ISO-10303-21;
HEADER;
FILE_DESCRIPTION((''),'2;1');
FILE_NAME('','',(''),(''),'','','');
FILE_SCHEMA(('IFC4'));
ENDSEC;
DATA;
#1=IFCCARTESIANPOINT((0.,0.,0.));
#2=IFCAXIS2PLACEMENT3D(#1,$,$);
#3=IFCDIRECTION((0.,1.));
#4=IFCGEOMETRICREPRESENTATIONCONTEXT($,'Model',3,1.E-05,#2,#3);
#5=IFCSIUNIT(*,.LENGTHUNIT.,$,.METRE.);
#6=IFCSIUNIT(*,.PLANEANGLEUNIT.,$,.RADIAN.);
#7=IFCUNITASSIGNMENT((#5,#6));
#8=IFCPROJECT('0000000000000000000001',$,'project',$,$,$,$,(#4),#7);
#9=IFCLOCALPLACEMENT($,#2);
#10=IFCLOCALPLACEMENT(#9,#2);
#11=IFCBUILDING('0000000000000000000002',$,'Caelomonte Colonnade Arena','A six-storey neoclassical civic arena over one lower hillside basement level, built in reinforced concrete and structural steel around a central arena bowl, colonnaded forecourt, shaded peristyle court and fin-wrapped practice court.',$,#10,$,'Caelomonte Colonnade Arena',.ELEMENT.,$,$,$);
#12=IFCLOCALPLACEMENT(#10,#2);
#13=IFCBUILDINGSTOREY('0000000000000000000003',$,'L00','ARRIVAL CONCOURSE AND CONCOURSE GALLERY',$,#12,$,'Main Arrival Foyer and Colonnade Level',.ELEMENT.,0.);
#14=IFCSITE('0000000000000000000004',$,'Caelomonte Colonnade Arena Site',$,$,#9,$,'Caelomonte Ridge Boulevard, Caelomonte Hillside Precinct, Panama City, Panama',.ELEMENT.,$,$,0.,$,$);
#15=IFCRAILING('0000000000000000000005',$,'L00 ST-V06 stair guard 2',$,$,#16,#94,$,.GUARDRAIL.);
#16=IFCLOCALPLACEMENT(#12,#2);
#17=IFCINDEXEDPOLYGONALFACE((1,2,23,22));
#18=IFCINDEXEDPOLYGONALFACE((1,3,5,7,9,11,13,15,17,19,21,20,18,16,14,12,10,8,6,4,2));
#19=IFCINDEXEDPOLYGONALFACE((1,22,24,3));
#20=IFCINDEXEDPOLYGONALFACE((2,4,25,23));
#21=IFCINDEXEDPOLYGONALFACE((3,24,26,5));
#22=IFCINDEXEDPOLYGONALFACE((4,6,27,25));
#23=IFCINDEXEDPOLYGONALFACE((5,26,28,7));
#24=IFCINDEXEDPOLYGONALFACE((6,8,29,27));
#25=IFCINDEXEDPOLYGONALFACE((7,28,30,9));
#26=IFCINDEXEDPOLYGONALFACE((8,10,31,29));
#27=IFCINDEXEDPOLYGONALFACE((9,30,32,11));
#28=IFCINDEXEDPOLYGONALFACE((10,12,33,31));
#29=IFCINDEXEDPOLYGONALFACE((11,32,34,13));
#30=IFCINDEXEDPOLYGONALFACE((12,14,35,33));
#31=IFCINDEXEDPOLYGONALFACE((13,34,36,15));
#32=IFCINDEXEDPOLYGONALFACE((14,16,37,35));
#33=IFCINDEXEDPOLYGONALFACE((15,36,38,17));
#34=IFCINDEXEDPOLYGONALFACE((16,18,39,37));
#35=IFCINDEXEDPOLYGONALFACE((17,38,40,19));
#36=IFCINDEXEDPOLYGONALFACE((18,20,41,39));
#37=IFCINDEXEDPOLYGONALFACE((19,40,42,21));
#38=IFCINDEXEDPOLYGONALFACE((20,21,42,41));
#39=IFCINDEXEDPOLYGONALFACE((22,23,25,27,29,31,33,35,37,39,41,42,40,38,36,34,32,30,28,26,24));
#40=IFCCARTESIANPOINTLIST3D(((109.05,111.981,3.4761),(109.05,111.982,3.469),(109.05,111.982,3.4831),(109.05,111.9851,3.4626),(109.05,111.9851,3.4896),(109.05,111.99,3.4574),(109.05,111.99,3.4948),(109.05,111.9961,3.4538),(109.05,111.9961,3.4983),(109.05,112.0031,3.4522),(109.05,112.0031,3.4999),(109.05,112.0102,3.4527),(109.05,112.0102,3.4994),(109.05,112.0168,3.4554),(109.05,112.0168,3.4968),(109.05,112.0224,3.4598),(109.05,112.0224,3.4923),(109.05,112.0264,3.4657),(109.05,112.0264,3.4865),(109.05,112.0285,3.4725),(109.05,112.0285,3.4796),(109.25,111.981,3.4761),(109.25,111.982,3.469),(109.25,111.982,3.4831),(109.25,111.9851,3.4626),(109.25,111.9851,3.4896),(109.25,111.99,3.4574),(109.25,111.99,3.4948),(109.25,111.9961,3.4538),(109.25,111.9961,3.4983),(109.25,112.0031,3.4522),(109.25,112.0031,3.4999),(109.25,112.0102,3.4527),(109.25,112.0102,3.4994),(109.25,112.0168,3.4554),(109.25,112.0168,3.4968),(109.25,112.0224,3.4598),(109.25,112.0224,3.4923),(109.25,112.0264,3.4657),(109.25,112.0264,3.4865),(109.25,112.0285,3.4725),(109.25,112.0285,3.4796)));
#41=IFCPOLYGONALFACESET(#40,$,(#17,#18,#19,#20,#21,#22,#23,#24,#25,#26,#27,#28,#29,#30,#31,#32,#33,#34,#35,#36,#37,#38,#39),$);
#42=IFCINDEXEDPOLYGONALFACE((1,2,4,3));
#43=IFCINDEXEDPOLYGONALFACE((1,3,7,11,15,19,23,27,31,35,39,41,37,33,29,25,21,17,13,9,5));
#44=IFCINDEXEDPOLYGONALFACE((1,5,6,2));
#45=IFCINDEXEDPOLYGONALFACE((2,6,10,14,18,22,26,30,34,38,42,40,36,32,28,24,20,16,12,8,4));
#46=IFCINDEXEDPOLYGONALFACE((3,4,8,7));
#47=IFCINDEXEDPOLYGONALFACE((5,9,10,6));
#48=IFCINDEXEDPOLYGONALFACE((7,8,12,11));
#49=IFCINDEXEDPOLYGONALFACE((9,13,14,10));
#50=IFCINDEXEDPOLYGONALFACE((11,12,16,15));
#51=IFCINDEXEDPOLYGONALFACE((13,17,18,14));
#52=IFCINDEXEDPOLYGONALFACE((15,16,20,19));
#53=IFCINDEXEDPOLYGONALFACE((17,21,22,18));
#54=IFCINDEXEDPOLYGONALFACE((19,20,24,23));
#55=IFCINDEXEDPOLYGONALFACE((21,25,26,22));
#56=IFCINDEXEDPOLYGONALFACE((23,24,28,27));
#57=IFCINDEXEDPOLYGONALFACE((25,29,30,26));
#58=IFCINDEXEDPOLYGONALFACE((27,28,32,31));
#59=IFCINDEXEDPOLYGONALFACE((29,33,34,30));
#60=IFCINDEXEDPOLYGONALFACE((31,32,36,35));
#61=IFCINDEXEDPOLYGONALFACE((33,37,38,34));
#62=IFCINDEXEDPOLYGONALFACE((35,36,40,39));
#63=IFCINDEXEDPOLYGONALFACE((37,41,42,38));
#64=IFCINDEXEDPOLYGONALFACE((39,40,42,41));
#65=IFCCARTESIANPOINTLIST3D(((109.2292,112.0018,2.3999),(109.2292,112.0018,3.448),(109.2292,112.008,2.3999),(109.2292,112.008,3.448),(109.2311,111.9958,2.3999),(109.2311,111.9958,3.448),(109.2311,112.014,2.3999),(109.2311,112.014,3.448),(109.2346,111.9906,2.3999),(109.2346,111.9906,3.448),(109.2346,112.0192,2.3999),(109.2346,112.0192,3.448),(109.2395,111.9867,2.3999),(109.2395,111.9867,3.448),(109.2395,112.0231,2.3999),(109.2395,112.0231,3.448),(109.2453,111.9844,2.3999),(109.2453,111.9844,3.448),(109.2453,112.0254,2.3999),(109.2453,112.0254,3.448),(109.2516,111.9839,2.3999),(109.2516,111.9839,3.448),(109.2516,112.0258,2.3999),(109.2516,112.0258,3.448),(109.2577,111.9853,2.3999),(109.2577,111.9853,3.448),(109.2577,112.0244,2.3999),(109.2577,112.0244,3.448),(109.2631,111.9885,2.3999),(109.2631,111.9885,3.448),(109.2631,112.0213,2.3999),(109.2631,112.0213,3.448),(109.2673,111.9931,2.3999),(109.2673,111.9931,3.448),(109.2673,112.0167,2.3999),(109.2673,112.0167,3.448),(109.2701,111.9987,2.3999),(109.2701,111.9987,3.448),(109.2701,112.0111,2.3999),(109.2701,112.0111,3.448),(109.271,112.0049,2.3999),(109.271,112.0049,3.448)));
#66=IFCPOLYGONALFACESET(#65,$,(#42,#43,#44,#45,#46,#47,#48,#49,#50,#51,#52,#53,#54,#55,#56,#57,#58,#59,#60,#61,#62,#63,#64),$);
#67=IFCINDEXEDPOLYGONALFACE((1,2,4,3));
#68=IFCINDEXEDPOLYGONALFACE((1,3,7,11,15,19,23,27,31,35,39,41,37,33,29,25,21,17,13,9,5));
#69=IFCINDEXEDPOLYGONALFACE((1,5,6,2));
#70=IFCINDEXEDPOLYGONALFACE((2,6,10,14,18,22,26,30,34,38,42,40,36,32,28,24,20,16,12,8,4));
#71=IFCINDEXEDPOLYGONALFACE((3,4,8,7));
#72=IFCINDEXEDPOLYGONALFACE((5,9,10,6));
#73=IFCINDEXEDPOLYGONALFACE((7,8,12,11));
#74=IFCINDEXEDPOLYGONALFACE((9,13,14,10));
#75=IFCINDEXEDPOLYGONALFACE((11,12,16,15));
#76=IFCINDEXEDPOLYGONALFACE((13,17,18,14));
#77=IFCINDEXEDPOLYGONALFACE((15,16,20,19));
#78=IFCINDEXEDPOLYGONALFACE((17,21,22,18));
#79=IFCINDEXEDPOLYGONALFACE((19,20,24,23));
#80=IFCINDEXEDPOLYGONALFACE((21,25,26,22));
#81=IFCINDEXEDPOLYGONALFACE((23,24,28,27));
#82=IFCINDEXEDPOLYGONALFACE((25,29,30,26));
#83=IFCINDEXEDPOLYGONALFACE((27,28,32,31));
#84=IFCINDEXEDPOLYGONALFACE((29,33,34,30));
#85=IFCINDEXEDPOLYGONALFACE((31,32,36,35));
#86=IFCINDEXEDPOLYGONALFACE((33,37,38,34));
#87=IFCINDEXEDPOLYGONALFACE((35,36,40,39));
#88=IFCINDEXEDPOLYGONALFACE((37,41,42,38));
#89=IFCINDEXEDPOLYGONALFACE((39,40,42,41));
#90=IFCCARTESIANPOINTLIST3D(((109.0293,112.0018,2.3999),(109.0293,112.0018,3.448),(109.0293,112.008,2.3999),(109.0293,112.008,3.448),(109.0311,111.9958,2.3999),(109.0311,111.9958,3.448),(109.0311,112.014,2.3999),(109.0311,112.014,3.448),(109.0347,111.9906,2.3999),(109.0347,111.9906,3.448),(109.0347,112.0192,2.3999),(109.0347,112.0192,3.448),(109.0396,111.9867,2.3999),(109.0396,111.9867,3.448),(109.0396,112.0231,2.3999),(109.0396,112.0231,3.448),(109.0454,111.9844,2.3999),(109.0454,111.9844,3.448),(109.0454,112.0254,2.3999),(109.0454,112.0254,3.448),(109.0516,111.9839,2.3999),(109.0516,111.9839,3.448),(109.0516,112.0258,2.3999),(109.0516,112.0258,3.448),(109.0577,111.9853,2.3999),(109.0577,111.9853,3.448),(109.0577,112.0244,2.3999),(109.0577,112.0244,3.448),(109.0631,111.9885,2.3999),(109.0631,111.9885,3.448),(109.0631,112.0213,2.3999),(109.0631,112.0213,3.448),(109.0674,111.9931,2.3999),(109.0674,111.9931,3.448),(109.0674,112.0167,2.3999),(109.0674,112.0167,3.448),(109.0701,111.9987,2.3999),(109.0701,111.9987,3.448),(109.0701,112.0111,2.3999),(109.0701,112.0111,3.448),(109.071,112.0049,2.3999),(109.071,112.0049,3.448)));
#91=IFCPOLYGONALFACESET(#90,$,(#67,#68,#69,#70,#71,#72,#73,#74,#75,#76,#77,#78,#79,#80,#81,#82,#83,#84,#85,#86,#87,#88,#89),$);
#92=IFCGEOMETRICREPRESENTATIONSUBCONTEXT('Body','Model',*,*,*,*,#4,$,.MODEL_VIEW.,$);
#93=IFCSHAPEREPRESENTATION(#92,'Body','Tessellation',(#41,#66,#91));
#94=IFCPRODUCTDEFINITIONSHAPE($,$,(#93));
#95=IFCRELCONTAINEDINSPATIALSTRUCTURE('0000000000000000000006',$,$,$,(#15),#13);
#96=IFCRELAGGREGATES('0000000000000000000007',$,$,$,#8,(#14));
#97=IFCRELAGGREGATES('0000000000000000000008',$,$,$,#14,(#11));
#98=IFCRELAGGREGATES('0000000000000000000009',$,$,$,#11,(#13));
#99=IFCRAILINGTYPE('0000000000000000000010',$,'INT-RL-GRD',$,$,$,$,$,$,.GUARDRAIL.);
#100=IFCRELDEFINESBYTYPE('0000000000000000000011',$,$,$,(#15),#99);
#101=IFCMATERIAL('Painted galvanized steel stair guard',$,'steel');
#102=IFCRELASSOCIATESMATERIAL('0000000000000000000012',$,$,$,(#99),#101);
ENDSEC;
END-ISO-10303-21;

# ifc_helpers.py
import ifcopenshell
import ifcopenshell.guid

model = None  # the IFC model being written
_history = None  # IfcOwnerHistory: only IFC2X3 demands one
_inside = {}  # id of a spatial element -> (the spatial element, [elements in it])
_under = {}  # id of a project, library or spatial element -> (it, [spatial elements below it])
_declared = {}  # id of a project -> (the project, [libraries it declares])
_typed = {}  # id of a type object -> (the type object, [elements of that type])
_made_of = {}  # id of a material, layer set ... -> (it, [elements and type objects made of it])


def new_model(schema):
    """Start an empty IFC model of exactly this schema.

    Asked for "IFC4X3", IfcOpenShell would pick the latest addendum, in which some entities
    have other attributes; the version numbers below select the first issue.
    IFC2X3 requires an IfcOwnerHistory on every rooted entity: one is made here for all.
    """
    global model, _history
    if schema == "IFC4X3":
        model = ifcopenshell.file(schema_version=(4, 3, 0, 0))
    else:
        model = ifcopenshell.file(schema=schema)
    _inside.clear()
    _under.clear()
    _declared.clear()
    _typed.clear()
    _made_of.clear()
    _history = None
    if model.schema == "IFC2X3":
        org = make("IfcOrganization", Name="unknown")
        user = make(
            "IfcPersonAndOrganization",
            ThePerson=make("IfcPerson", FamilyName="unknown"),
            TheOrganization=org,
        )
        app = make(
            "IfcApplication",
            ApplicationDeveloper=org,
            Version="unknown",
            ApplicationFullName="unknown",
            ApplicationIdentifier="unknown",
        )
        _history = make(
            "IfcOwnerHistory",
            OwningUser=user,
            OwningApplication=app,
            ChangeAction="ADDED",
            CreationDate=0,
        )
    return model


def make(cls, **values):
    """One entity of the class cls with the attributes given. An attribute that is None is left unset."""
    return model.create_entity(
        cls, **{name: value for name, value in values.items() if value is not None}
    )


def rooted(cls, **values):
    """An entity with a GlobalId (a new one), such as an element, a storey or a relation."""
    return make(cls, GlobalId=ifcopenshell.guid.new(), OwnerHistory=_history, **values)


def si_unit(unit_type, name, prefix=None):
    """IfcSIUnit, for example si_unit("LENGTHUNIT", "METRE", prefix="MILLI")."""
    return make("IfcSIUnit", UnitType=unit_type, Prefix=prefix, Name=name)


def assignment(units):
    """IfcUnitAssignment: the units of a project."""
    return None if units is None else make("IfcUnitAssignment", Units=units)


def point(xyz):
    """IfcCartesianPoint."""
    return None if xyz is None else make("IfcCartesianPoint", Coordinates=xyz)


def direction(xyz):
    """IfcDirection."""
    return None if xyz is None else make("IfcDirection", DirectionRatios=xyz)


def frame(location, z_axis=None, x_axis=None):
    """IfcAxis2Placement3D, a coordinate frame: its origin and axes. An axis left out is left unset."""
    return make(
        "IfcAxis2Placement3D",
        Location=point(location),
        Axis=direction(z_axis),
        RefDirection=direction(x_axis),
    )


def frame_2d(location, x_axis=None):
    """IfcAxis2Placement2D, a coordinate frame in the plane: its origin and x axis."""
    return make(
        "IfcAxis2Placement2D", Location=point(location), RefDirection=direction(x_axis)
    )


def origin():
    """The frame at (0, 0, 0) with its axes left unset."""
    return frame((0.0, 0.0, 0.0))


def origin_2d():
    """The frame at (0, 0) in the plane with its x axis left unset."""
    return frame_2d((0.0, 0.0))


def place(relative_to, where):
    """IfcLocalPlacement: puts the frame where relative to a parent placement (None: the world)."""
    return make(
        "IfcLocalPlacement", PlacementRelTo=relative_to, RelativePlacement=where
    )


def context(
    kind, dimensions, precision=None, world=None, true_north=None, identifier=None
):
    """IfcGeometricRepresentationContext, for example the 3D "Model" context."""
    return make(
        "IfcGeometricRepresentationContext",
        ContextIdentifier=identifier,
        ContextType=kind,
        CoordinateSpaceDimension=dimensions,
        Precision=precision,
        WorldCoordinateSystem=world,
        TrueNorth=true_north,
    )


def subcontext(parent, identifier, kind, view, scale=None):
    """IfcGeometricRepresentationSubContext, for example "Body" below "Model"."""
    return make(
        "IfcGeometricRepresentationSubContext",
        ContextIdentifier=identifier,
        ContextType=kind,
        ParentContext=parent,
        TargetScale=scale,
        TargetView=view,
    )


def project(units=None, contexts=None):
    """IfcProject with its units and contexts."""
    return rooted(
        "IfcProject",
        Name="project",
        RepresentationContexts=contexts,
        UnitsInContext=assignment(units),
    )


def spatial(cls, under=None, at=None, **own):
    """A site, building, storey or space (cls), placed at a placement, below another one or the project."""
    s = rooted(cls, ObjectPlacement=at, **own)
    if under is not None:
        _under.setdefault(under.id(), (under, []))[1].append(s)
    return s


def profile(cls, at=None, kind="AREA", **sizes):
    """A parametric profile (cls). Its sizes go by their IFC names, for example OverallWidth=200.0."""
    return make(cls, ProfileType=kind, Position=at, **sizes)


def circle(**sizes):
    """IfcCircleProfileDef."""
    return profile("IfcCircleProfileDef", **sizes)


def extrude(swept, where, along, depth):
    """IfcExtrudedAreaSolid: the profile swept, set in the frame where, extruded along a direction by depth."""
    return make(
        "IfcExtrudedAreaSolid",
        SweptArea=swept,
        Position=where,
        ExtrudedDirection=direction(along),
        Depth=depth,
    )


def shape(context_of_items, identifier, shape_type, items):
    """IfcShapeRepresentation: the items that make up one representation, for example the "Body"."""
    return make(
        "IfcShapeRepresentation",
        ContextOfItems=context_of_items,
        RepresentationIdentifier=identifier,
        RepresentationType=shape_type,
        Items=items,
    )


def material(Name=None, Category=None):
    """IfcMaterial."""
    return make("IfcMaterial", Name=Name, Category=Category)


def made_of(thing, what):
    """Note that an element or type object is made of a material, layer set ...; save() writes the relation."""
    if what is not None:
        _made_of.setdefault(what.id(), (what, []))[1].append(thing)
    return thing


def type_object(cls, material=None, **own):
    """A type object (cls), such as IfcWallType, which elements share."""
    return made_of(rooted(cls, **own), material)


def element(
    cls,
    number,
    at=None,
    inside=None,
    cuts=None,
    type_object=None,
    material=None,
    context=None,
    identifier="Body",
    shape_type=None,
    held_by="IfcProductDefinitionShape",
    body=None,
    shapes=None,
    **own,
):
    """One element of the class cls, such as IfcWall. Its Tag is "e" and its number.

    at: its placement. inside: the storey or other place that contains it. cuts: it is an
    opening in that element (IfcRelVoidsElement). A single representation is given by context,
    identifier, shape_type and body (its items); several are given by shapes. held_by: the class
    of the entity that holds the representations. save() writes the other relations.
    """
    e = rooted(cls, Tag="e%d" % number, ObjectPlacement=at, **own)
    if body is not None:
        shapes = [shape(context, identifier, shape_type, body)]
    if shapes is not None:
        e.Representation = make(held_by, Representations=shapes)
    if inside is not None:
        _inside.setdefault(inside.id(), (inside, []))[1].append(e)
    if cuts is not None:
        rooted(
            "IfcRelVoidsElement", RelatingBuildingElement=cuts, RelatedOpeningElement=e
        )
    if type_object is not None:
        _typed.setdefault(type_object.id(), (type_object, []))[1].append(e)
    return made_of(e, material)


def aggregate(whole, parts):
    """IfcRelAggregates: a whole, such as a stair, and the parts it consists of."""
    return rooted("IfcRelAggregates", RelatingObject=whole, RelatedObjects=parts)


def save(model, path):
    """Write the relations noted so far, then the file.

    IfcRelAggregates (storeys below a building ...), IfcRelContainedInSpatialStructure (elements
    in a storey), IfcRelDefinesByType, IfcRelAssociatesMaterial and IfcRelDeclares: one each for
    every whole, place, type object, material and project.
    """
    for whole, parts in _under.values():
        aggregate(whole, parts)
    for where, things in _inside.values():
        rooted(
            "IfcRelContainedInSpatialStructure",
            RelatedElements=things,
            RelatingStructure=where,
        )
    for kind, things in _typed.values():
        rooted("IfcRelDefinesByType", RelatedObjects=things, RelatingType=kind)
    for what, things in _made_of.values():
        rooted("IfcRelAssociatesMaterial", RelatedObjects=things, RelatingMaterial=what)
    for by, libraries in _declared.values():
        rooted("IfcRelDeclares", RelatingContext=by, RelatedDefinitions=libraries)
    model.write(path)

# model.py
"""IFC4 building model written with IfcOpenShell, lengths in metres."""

from ifc_helpers import new_model, si_unit, direction, frame, origin, origin_2d, place, context, subcontext, project, spatial, circle, extrude, material, type_object, element, save


model = new_model("IFC4")

# Units and contexts
model_context = context("Model", 3, precision=1e-05, world=origin(), true_north=direction((0.0, 1.0)))
body_context = subcontext(model_context, "Body", "Model", "MODEL_VIEW")
ifc_project = project(units=[si_unit("LENGTHUNIT", "METRE"), si_unit("PLANEANGLEUNIT", "RADIAN")], contexts=[model_context])

# Site, building, storey
site_placement = place(None, origin())
site = spatial("IfcSite", under=ifc_project, at=site_placement, Name="Caelomonte Colonnade Arena Site", LongName="Caelomonte Ridge Boulevard, Caelomonte Hillside Precinct, Panama City, Panama", CompositionType="ELEMENT", RefElevation=0.0)
building_placement = place(site_placement, origin())
building = spatial("IfcBuilding", under=site, at=building_placement, Name="Caelomonte Colonnade Arena", Description="A six-storey neoclassical civic arena over one lower hillside basement level, built in reinforced concrete and structural steel around a central arena bowl, colonnaded forecourt, shaded peristyle court and fin-wrapped practice court.", LongName="Caelomonte Colonnade Arena", CompositionType="ELEMENT")
storey_placement = place(building_placement, origin())
storey = spatial("IfcBuildingStorey", under=building, at=storey_placement, Name="L00", Description="ARRIVAL CONCOURSE AND CONCOURSE GALLERY", LongName="Main Arrival Foyer and Colonnade Level", CompositionType="ELEMENT", Elevation=0.0)

# Railing
ifc_material_1 = material(Name="Painted galvanized steel stair guard", Category="steel")
railing_type_1 = type_object("IfcRailingType", Name="INT-RL-GRD", PredefinedType="GUARDRAIL", material=ifc_material_1)
railing_1_placement = place(storey_placement, frame((109.25, 112.0049, 2.3999)))
element("IfcRailing", 1, at=railing_1_placement, inside=storey, type_object=railing_type_1, Name="L00 ST-V06 stair guard 2", PredefinedType="GUARDRAIL", context=body_context, shape_type="SweptSolid", body=[
    extrude(circle(Radius=0.0239, at=origin_2d()), frame((0.0, 0.0, 1.0762), z_axis=(-1.0, 0.0, 0.0), x_axis=(0.0, -1.0, 0.0)), (0.0, 0.0, 1.0), 0.2),
    extrude(circle(Radius=0.021, at=origin_2d()), origin(), (0.0, 0.0, 1.0), 1.0481),
    extrude(circle(Radius=0.021, at=origin_2d()), frame((-0.2, 0.0, 0.0)), (0.0, 0.0, 1.0), 1.0481),
])

save(model, "model.ifc")
